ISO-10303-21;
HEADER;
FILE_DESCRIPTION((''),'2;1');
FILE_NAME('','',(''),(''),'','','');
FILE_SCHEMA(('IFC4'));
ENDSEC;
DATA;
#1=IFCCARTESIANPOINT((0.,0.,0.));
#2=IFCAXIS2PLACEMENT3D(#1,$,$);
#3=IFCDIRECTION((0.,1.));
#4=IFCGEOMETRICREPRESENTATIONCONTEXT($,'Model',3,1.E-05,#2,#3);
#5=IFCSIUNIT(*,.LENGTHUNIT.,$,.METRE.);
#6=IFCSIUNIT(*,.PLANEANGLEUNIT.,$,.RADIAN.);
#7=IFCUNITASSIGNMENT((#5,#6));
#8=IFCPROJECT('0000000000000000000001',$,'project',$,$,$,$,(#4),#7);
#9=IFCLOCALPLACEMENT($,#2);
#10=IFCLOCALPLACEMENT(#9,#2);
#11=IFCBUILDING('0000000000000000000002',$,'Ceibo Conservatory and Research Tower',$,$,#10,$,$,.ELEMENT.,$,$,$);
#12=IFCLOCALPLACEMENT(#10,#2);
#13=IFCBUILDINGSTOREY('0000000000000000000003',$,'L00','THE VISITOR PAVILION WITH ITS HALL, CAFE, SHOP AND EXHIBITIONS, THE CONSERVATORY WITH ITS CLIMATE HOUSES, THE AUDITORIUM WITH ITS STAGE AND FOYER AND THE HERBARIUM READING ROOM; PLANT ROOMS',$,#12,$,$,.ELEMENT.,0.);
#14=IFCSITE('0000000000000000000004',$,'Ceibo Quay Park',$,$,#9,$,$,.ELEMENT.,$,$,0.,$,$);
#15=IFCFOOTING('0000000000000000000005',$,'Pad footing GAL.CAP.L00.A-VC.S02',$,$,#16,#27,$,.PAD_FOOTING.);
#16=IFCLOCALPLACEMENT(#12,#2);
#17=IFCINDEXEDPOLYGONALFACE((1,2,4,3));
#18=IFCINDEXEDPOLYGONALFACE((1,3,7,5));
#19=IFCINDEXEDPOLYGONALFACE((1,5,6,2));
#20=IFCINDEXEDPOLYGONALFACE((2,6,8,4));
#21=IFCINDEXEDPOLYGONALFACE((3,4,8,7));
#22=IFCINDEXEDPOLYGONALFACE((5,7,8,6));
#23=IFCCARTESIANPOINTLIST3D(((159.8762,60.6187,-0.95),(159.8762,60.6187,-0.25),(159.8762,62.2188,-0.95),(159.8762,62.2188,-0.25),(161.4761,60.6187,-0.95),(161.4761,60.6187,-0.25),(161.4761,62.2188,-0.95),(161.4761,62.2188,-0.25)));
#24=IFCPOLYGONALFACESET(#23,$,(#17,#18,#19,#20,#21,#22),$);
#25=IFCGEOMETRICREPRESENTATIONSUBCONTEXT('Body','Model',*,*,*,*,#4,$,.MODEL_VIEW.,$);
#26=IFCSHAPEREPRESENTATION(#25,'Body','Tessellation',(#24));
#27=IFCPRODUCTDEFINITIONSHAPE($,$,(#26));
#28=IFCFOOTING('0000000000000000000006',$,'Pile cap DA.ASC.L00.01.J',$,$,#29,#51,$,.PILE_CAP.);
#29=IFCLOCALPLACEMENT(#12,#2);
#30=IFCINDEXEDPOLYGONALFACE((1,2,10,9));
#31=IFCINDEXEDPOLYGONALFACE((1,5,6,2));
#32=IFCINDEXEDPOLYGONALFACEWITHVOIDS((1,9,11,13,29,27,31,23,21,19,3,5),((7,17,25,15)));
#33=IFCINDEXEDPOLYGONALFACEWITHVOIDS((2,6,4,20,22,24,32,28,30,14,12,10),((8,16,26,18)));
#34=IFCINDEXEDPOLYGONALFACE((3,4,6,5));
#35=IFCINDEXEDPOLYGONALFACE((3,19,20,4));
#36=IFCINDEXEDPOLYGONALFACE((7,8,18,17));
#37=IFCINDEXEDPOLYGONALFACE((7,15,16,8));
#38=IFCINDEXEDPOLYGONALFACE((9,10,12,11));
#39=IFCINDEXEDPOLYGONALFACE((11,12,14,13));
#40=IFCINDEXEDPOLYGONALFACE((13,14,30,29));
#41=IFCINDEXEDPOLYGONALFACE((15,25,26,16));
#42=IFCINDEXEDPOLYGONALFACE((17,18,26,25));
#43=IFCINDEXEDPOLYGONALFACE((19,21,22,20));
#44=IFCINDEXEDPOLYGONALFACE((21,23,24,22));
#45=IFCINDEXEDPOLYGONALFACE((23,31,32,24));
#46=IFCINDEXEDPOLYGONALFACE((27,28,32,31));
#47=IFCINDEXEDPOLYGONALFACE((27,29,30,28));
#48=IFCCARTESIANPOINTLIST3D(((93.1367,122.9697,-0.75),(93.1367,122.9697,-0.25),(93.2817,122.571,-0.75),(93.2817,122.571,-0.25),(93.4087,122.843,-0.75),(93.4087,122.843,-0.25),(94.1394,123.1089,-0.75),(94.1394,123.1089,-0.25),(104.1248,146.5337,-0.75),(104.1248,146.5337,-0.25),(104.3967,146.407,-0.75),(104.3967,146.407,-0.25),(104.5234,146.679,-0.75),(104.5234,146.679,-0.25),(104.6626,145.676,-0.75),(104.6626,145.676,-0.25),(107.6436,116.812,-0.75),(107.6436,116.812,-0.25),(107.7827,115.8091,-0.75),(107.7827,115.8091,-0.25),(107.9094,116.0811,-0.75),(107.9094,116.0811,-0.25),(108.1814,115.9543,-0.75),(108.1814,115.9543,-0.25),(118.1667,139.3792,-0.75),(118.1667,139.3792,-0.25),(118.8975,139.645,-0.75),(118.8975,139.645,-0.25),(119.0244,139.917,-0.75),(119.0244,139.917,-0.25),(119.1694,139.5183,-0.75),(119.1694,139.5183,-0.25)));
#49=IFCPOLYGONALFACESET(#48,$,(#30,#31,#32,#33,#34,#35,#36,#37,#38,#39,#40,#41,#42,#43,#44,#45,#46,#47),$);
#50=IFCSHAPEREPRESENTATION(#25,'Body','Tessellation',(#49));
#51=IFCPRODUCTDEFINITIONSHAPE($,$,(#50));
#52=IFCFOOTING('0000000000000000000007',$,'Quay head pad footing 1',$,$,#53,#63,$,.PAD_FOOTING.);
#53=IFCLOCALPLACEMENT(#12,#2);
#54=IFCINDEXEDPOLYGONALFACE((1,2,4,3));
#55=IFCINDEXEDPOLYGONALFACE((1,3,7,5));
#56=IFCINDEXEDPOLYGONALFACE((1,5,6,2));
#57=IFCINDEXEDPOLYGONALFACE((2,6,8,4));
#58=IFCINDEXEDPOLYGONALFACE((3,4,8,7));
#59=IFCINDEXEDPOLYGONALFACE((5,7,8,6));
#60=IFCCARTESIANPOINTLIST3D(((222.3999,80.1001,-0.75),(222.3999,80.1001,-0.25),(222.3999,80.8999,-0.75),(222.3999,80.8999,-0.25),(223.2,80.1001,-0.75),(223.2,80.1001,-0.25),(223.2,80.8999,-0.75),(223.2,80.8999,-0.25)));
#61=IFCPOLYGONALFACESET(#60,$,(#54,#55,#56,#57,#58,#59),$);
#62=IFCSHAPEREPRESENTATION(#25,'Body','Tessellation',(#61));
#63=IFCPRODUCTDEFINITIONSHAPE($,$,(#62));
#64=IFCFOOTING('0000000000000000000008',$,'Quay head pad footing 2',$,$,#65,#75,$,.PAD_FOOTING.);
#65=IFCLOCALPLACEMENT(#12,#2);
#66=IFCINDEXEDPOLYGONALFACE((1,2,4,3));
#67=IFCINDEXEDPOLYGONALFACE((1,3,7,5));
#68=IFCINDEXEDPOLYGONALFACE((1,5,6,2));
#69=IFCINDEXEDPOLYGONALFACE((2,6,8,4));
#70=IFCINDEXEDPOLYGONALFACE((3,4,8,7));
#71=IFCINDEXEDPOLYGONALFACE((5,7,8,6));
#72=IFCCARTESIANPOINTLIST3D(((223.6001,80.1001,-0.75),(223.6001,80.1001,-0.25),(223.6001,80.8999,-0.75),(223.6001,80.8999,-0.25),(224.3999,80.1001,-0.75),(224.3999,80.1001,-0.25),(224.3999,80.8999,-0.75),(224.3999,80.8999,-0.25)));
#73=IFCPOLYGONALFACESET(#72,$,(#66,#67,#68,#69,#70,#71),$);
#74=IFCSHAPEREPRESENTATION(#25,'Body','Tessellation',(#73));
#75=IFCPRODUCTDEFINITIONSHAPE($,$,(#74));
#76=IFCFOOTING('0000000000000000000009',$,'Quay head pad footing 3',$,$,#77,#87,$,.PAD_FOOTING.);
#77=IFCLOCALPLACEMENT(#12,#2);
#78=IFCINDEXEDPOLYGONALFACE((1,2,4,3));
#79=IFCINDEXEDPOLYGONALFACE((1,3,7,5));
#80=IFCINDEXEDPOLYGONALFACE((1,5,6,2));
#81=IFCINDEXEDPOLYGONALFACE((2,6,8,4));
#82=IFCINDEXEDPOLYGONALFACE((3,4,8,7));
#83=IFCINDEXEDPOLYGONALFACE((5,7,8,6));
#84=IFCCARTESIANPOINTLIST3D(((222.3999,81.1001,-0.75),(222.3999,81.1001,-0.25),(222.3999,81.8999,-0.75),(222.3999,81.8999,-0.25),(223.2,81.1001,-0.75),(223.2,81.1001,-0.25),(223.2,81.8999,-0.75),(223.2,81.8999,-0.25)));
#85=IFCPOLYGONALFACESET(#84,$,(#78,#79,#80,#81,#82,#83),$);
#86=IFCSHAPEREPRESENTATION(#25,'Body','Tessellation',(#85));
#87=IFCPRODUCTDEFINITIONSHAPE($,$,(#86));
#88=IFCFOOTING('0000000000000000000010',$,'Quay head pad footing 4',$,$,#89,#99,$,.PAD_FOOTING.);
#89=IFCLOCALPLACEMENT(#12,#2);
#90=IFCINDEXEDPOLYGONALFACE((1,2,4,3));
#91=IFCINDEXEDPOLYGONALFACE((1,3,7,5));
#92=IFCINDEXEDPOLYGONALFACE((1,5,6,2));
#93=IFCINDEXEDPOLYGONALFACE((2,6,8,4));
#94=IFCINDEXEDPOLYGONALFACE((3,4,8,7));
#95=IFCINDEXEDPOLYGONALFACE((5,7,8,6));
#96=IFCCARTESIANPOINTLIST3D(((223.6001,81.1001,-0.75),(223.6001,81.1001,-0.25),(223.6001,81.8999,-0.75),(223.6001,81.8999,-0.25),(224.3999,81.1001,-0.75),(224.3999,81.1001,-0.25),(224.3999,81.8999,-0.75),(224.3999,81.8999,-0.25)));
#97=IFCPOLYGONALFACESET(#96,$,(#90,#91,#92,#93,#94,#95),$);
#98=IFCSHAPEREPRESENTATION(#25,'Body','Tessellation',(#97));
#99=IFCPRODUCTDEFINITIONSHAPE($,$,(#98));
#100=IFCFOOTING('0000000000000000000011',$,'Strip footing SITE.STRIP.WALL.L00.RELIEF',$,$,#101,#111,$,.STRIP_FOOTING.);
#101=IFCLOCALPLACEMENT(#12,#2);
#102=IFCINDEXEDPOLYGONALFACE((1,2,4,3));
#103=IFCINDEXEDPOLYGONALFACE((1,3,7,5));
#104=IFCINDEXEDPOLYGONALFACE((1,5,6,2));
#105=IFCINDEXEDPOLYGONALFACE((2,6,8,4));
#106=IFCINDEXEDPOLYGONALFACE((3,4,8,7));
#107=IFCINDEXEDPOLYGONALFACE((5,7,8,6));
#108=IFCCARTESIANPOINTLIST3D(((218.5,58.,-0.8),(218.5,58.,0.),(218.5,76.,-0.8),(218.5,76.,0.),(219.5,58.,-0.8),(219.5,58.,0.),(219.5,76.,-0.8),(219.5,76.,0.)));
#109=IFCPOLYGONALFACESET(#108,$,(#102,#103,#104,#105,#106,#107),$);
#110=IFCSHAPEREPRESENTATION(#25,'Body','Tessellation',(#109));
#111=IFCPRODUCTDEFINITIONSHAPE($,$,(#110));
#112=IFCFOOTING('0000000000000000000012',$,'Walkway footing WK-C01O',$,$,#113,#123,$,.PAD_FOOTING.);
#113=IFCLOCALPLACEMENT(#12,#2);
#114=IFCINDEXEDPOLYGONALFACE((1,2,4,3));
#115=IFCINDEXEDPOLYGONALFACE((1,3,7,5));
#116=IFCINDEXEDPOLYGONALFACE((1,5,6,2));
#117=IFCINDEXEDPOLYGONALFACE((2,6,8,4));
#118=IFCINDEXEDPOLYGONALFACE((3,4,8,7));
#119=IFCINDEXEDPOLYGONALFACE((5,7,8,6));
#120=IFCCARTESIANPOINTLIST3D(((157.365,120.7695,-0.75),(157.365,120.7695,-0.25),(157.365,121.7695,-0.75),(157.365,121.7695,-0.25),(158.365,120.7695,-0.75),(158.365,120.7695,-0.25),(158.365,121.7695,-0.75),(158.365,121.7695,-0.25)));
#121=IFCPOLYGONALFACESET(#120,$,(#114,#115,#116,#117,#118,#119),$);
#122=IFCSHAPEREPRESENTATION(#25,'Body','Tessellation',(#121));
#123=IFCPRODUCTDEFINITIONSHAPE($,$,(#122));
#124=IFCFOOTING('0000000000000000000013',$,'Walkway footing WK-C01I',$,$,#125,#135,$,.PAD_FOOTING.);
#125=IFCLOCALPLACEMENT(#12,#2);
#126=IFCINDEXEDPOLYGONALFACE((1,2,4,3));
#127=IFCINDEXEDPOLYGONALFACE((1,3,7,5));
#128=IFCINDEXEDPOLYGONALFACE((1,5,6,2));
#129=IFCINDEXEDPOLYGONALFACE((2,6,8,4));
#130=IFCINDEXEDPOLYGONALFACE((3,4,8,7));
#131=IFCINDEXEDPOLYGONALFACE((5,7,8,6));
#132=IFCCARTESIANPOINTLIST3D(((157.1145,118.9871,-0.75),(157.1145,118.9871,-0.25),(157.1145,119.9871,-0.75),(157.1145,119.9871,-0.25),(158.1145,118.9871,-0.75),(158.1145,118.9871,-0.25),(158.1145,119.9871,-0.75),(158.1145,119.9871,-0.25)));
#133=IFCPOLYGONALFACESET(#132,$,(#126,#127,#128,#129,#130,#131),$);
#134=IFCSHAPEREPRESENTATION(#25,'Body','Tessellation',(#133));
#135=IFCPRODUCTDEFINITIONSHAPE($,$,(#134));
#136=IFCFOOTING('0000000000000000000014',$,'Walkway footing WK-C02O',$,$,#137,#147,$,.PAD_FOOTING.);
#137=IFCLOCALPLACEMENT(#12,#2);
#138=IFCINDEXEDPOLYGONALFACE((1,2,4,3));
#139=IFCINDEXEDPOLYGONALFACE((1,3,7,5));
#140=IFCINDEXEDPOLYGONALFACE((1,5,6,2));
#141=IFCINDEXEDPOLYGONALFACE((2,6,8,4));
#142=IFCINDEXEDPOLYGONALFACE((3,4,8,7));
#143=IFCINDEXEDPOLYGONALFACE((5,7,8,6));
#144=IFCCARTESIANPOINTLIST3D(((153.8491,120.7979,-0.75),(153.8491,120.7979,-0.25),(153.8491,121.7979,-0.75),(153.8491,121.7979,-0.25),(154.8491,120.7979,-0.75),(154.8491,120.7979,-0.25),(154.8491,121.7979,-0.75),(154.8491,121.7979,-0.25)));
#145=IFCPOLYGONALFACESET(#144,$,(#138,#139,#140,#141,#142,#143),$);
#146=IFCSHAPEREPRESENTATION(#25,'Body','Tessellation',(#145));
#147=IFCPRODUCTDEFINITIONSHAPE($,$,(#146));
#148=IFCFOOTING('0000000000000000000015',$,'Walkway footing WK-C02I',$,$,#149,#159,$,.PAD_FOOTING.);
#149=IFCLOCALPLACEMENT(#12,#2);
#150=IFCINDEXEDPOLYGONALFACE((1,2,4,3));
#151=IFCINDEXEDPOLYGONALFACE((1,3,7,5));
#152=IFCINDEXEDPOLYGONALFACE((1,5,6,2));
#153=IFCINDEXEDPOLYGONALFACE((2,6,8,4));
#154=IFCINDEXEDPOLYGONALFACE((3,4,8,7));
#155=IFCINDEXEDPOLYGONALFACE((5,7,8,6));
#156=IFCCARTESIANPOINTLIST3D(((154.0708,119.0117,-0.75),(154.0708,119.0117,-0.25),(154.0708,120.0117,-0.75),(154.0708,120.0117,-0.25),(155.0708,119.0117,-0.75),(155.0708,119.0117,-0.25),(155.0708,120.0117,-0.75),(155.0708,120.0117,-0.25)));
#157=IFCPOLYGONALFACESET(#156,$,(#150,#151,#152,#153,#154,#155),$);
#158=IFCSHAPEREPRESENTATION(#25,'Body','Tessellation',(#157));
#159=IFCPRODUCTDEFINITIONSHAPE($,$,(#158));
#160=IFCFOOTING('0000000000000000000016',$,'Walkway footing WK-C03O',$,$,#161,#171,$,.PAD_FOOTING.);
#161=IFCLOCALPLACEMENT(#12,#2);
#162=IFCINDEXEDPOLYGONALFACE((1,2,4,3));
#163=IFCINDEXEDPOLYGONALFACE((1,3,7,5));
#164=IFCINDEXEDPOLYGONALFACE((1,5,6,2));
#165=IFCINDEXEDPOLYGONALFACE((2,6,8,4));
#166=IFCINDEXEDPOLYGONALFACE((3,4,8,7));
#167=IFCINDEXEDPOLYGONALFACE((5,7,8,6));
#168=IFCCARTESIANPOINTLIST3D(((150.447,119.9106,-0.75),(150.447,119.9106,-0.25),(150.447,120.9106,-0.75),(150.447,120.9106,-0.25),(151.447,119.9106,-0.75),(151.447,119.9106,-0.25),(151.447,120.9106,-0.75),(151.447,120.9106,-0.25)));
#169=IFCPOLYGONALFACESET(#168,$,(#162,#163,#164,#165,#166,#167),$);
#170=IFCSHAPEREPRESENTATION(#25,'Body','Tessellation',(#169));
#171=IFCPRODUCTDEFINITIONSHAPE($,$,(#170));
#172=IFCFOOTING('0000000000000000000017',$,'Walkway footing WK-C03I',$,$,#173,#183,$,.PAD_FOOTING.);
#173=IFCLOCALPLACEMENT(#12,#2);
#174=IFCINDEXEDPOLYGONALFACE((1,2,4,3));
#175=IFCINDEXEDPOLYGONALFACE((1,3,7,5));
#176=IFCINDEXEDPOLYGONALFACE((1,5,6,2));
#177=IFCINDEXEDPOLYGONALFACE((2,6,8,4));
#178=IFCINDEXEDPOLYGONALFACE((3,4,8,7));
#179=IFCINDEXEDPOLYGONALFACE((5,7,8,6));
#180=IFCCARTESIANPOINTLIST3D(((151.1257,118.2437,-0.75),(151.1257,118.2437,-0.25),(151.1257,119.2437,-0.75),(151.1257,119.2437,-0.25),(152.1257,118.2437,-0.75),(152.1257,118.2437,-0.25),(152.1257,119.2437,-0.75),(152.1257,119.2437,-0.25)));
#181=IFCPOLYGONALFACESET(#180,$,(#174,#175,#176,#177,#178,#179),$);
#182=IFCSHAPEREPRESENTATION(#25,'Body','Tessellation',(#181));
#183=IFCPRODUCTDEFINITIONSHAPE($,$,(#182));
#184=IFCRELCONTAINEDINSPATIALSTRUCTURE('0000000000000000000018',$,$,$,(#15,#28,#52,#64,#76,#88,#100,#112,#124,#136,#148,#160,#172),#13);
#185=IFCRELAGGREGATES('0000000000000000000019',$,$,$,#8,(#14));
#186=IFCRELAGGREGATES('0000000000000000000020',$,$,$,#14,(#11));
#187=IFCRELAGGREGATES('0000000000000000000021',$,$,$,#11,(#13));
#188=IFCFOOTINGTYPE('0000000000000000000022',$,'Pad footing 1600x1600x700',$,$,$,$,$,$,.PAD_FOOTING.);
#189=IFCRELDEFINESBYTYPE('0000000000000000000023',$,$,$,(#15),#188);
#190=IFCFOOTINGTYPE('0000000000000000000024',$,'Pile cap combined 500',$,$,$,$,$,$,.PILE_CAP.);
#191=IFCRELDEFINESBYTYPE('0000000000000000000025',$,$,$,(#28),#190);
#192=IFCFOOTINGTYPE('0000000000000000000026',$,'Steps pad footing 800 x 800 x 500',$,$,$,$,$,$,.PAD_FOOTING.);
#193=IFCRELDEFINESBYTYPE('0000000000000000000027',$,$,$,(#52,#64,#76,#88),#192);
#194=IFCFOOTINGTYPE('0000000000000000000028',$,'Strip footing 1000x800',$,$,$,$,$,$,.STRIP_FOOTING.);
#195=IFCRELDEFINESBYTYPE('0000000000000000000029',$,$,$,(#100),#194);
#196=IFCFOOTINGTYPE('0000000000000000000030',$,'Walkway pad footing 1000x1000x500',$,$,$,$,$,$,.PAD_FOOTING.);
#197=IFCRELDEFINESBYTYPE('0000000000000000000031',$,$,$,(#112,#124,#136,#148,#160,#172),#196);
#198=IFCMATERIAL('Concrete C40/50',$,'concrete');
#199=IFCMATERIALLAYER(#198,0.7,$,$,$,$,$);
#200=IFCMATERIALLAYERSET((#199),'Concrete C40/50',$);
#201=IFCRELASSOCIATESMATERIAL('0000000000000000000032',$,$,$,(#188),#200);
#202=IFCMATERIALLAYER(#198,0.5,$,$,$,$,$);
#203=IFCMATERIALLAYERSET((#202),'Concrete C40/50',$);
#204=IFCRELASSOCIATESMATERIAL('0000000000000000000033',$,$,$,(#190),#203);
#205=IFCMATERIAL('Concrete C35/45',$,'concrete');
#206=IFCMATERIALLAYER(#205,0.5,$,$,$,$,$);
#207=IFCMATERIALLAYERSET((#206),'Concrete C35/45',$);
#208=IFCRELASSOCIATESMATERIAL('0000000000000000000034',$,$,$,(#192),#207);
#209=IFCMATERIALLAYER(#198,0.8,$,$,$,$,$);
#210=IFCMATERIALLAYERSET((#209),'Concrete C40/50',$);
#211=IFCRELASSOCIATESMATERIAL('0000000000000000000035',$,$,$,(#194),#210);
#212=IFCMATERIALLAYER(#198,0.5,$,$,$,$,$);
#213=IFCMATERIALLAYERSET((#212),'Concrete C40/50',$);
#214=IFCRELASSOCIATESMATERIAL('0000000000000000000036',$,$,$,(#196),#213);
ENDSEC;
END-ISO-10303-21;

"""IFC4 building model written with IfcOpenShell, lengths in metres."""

from ifc_helpers import new_model, si_unit, direction, frame, origin, place, context, subcontext, project, spatial, polyline, outline, extrude, material, layer, layer_set, type_object, element, save


model = new_model("IFC4")

# Units and contexts
model_context = context("Model", 3, precision=1e-05, world=origin(), true_north=direction((0.0, 1.0)))
body_context = subcontext(model_context, "Body", "Model", "MODEL_VIEW")
ifc_project = project(units=[si_unit("LENGTHUNIT", "METRE"), si_unit("PLANEANGLEUNIT", "RADIAN")], contexts=[model_context])

# Site, building, storey
site_placement = place(None, origin())
site = spatial("IfcSite", under=ifc_project, at=site_placement, Name="Ceibo Quay Park", CompositionType="ELEMENT", RefElevation=0.0)
building_placement = place(site_placement, origin())
building = spatial("IfcBuilding", under=site, at=building_placement, Name="Ceibo Conservatory and Research Tower", CompositionType="ELEMENT")
storey_placement = place(building_placement, origin())
storey = spatial("IfcBuildingStorey", under=building, at=storey_placement, Name="L00", Description="THE VISITOR PAVILION WITH ITS HALL, CAFE, SHOP AND EXHIBITIONS, THE CONSERVATORY WITH ITS CLIMATE HOUSES, THE AUDITORIUM WITH ITS STAGE AND FOYER AND THE HERBARIUM READING ROOM; PLANT ROOMS", CompositionType="ELEMENT", Elevation=0.0)

# Footings
ifc_material_1 = material(Name="Concrete C40/50", Category="concrete")
ifc_layer_1 = layer(ifc_material_1, 0.7)
ifc_layer_set_1 = layer_set([ifc_layer_1], Name="Concrete C40/50")
footing_type_1 = type_object("IfcFootingType", Name="Pad footing 1600x1600x700", PredefinedType="PAD_FOOTING", material=ifc_layer_set_1)
footing_1_placement = place(storey_placement, frame((0.0, 0.0, -0.95)))
element("IfcFooting", 1, at=footing_1_placement, inside=storey, type_object=footing_type_1, Name="Pad footing GAL.CAP.L00.A-VC.S02", PredefinedType="PAD_FOOTING", context=body_context, shape_type="SweptSolid", body=[
    extrude(outline(polyline([(159.8762, 60.6187), (161.4761, 60.6187), (161.4761, 62.2188), (159.8762, 62.2188), (159.8762, 60.6187)])), origin(), (0.0, 0.0, 1.0), 0.7),
])
ifc_layer_2 = layer(ifc_material_1, 0.5)
ifc_layer_set_2 = layer_set([ifc_layer_2], Name="Concrete C40/50")
footing_type_2 = type_object("IfcFootingType", Name="Pile cap combined 500", PredefinedType="PILE_CAP", material=ifc_layer_set_2)
footing_2_placement = place(storey_placement, frame((0.0, 0.0, -0.75)))
element("IfcFooting", 2, at=footing_2_placement, inside=storey, type_object=footing_type_2, Name="Pile cap DA.ASC.L00.01.J", PredefinedType="PILE_CAP", context=body_context, shape_type="SweptSolid", body=[
    extrude(outline(polyline([(93.2817, 122.571), (107.7827, 115.8091), (107.9094, 116.0811), (108.1814, 115.9543), (119.1694, 139.5183), (118.8975, 139.645), (119.0244, 139.917), (104.5234, 146.679), (104.3967, 146.407), (104.1248, 146.5337), (93.1367, 122.9697), (93.4087, 122.843), (93.2817, 122.571)]), holes=[polyline([(107.6436, 116.812), (118.1667, 139.3792), (104.6626, 145.676), (94.1394, 123.1089), (107.6436, 116.812)])]), origin(), (0.0, 0.0, 1.0), 0.5),
])
ifc_material_2 = material(Name="Concrete C35/45", Category="concrete")
ifc_layer_3 = layer(ifc_material_2, 0.5)
ifc_layer_set_3 = layer_set([ifc_layer_3], Name="Concrete C35/45")
footing_type_3 = type_object("IfcFootingType", Name="Steps pad footing 800 x 800 x 500", PredefinedType="PAD_FOOTING", material=ifc_layer_set_3)
footing_3_placement = place(storey_placement, frame((0.0, 0.0, -0.75)))
element("IfcFooting", 3, at=footing_3_placement, inside=storey, type_object=footing_type_3, Name="Quay head pad footing 1", PredefinedType="PAD_FOOTING", context=body_context, shape_type="SweptSolid", body=[
    extrude(outline(polyline([(222.3999, 80.1001), (223.2, 80.1001), (223.2, 80.8999), (222.3999, 80.8999), (222.3999, 80.1001)])), origin(), (0.0, 0.0, 1.0), 0.5),
])
footing_4_placement = place(storey_placement, frame((0.0, 0.0, -0.75)))
element("IfcFooting", 4, at=footing_4_placement, inside=storey, type_object=footing_type_3, Name="Quay head pad footing 2", PredefinedType="PAD_FOOTING", context=body_context, shape_type="SweptSolid", body=[
    extrude(outline(polyline([(223.6001, 80.1001), (224.3999, 80.1001), (224.3999, 80.8999), (223.6001, 80.8999), (223.6001, 80.1001)])), origin(), (0.0, 0.0, 1.0), 0.5),
])
footing_5_placement = place(storey_placement, frame((0.0, 0.0, -0.75)))
element("IfcFooting", 5, at=footing_5_placement, inside=storey, type_object=footing_type_3, Name="Quay head pad footing 3", PredefinedType="PAD_FOOTING", context=body_context, shape_type="SweptSolid", body=[
    extrude(outline(polyline([(222.3999, 81.1001), (223.2, 81.1001), (223.2, 81.8999), (222.3999, 81.8999), (222.3999, 81.1001)])), origin(), (0.0, 0.0, 1.0), 0.5),
])
footing_6_placement = place(storey_placement, frame((0.0, 0.0, -0.75)))
element("IfcFooting", 6, at=footing_6_placement, inside=storey, type_object=footing_type_3, Name="Quay head pad footing 4", PredefinedType="PAD_FOOTING", context=body_context, shape_type="SweptSolid", body=[
    extrude(outline(polyline([(223.6001, 81.1001), (224.3999, 81.1001), (224.3999, 81.8999), (223.6001, 81.8999), (223.6001, 81.1001)])), origin(), (0.0, 0.0, 1.0), 0.5),
])
ifc_layer_4 = layer(ifc_material_1, 0.8)
ifc_layer_set_4 = layer_set([ifc_layer_4], Name="Concrete C40/50")
footing_type_4 = type_object("IfcFootingType", Name="Strip footing 1000x800", PredefinedType="STRIP_FOOTING", material=ifc_layer_set_4)
footing_7_placement = place(storey_placement, frame((0.0, 0.0, -0.8)))
element("IfcFooting", 7, at=footing_7_placement, inside=storey, type_object=footing_type_4, Name="Strip footing SITE.STRIP.WALL.L00.RELIEF", PredefinedType="STRIP_FOOTING", context=body_context, shape_type="SweptSolid", body=[
    extrude(outline(polyline([(219.5, 58.0), (219.5, 76.0), (218.5, 76.0), (218.5, 58.0), (219.5, 58.0)])), origin(), (0.0, 0.0, 1.0), 0.8),
])
ifc_layer_5 = layer(ifc_material_1, 0.5)
ifc_layer_set_5 = layer_set([ifc_layer_5], Name="Concrete C40/50")
footing_type_5 = type_object("IfcFootingType", Name="Walkway pad footing 1000x1000x500", PredefinedType="PAD_FOOTING", material=ifc_layer_set_5)
footing_8_placement = place(storey_placement, frame((0.0, 0.0, -0.75)))
element("IfcFooting", 8, at=footing_8_placement, inside=storey, type_object=footing_type_5, Name="Walkway footing WK-C01O", PredefinedType="PAD_FOOTING", context=body_context, shape_type="SweptSolid", body=[
    extrude(outline(polyline([(157.365, 120.7695), (158.365, 120.7695), (158.365, 121.7695), (157.365, 121.7695), (157.365, 120.7695)])), origin(), (0.0, 0.0, 1.0), 0.5),
])
footing_9_placement = place(storey_placement, frame((0.0, 0.0, -0.75)))
element("IfcFooting", 9, at=footing_9_placement, inside=storey, type_object=footing_type_5, Name="Walkway footing WK-C01I", PredefinedType="PAD_FOOTING", context=body_context, shape_type="SweptSolid", body=[
    extrude(outline(polyline([(157.1145, 118.9871), (158.1145, 118.9871), (158.1145, 119.9871), (157.1145, 119.9871), (157.1145, 118.9871)])), origin(), (0.0, 0.0, 1.0), 0.5),
])
footing_10_placement = place(storey_placement, frame((0.0, 0.0, -0.75)))
element("IfcFooting", 10, at=footing_10_placement, inside=storey, type_object=footing_type_5, Name="Walkway footing WK-C02O", PredefinedType="PAD_FOOTING", context=body_context, shape_type="SweptSolid", body=[
    extrude(outline(polyline([(153.8491, 120.7979), (154.8491, 120.7979), (154.8491, 121.7979), (153.8491, 121.7979), (153.8491, 120.7979)])), origin(), (0.0, 0.0, 1.0), 0.5),
])
footing_11_placement = place(storey_placement, frame((0.0, 0.0, -0.75)))
element("IfcFooting", 11, at=footing_11_placement, inside=storey, type_object=footing_type_5, Name="Walkway footing WK-C02I", PredefinedType="PAD_FOOTING", context=body_context, shape_type="SweptSolid", body=[
    extrude(outline(polyline([(154.0708, 119.0117), (155.0708, 119.0117), (155.0708, 120.0117), (154.0708, 120.0117), (154.0708, 119.0117)])), origin(), (0.0, 0.0, 1.0), 0.5),
])
footing_12_placement = place(storey_placement, frame((0.0, 0.0, -0.75)))
element("IfcFooting", 12, at=footing_12_placement, inside=storey, type_object=footing_type_5, Name="Walkway footing WK-C03O", PredefinedType="PAD_FOOTING", context=body_context, shape_type="SweptSolid", body=[
    extrude(outline(polyline([(150.447, 119.9106), (151.447, 119.9106), (151.447, 120.9106), (150.447, 120.9106), (150.447, 119.9106)])), origin(), (0.0, 0.0, 1.0), 0.5),
])
footing_13_placement = place(storey_placement, frame((0.0, 0.0, -0.75)))
element("IfcFooting", 13, at=footing_13_placement, inside=storey, type_object=footing_type_5, Name="Walkway footing WK-C03I", PredefinedType="PAD_FOOTING", context=body_context, shape_type="SweptSolid", body=[
    extrude(outline(polyline([(151.1257, 118.2437), (152.1257, 118.2437), (152.1257, 119.2437), (151.1257, 119.2437), (151.1257, 118.2437)])), origin(), (0.0, 0.0, 1.0), 0.5),
])

save(model, "model.ifc")
